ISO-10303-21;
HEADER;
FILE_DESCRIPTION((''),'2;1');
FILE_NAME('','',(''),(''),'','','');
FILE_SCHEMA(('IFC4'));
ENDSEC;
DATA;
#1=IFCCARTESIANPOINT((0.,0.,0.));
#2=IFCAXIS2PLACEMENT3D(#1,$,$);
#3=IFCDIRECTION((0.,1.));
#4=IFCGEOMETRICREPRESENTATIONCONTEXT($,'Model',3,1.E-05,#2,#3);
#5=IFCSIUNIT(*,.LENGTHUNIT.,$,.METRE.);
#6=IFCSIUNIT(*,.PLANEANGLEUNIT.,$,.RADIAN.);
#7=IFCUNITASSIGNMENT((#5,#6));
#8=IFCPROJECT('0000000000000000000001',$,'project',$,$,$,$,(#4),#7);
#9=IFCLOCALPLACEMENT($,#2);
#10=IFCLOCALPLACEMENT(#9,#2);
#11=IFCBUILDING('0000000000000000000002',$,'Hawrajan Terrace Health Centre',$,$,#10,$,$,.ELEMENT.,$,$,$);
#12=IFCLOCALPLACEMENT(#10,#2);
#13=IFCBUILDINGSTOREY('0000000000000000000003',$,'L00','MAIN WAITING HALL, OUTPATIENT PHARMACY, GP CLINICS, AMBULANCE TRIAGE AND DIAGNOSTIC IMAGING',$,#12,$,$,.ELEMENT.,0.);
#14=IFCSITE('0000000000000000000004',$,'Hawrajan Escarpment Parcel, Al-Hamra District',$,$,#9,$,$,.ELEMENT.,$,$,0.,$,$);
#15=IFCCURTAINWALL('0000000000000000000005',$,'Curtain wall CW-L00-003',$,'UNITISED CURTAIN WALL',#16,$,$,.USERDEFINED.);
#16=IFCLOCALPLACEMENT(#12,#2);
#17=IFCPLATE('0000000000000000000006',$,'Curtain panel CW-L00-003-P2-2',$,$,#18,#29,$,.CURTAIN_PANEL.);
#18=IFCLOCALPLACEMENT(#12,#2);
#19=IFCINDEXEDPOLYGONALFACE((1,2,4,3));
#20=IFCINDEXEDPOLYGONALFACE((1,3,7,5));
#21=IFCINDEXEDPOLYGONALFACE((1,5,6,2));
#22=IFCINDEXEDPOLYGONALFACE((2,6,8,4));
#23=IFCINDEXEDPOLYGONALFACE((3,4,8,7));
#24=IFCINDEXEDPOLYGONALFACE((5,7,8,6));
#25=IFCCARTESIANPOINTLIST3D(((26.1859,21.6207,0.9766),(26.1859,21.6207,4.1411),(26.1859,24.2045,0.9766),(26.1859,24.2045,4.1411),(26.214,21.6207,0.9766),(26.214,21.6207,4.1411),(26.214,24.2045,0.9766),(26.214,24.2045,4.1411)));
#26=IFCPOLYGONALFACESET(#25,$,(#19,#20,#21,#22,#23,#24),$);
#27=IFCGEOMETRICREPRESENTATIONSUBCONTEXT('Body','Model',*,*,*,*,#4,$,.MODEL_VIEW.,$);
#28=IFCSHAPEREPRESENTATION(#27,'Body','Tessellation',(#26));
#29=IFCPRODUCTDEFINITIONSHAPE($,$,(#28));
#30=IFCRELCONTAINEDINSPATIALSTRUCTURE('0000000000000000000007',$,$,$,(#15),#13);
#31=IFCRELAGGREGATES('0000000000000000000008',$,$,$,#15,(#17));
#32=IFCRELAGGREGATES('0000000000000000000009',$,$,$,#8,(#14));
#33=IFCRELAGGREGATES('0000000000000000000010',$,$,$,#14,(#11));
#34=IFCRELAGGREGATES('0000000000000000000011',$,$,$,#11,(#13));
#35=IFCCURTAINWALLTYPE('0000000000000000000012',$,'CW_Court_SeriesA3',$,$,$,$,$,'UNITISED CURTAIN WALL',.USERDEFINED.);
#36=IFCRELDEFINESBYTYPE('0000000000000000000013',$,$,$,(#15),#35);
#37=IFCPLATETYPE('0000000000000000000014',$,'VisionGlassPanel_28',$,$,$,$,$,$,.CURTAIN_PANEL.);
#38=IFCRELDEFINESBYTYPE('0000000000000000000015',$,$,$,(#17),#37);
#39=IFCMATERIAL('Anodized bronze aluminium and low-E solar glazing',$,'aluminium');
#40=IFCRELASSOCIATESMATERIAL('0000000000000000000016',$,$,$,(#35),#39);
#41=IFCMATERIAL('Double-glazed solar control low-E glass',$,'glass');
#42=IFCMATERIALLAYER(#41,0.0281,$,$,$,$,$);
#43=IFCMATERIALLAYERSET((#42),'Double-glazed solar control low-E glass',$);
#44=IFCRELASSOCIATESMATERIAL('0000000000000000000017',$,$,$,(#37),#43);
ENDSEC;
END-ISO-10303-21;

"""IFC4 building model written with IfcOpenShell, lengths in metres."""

from ifc_helpers import new_model, si_unit, direction, frame, origin, origin_2d, place, context, subcontext, project, spatial, rectangle, extrude, material, layer, layer_set, type_object, element, aggregate, save


model = new_model("IFC4")

# Units and contexts
model_context = context("Model", 3, precision=1e-05, world=origin(), true_north=direction((0.0, 1.0)))
body_context = subcontext(model_context, "Body", "Model", "MODEL_VIEW")
ifc_project = project(units=[si_unit("LENGTHUNIT", "METRE"), si_unit("PLANEANGLEUNIT", "RADIAN")], contexts=[model_context])

# Site, building, storey
site_placement = place(None, origin())
site = spatial("IfcSite", under=ifc_project, at=site_placement, Name="Hawrajan Escarpment Parcel, Al-Hamra District", CompositionType="ELEMENT", RefElevation=0.0)
building_placement = place(site_placement, origin())
building = spatial("IfcBuilding", under=site, at=building_placement, Name="Hawrajan Terrace Health Centre", CompositionType="ELEMENT")
storey_placement = place(building_placement, origin())
storey = spatial("IfcBuildingStorey", under=building, at=storey_placement, Name="L00", Description="MAIN WAITING HALL, OUTPATIENT PHARMACY, GP CLINICS, AMBULANCE TRIAGE AND DIAGNOSTIC IMAGING", CompositionType="ELEMENT", Elevation=0.0)

# Curtain wall
ifc_material_1 = material(Name="Anodized bronze aluminium and low-E solar glazing", Category="aluminium")
curtain_wall_type_1 = type_object("IfcCurtainWallType", Name="CW_Court_SeriesA3", ElementType="UNITISED CURTAIN WALL", PredefinedType="USERDEFINED", material=ifc_material_1)
curtain_wall_1_placement = place(storey_placement, origin())
curtain_wall_1 = element("IfcCurtainWall", 1, at=curtain_wall_1_placement, inside=storey, type_object=curtain_wall_type_1, Name="Curtain wall CW-L00-003", ObjectType="UNITISED CURTAIN WALL", PredefinedType="USERDEFINED")

# Plate
ifc_material_2 = material(Name="Double-glazed solar control low-E glass", Category="glass")
ifc_layer_1 = layer(ifc_material_2, 0.0281)
ifc_layer_set_1 = layer_set([ifc_layer_1], Name="Double-glazed solar control low-E glass")
plate_type_1 = type_object("IfcPlateType", Name="VisionGlassPanel_28", PredefinedType="CURTAIN_PANEL", material=ifc_layer_set_1)
plate_1_placement = place(storey_placement, frame((26.2, 22.9126, 0.9766), z_axis=(0.0, 0.0, 1.0), x_axis=(0.0, 1.0, 0.0)))
plate_1 = element("IfcPlate", 2, at=plate_1_placement, type_object=plate_type_1, Name="Curtain panel CW-L00-003-P2-2", PredefinedType="CURTAIN_PANEL", context=body_context, shape_type="SweptSolid", body=[
    extrude(rectangle(XDim=2.5837, YDim=0.0281, at=origin_2d()), origin(), (0.0, 0.0, 1.0), 3.1646),
])
aggregate(curtain_wall_1, [plate_1])

save(model, "model.ifc")
